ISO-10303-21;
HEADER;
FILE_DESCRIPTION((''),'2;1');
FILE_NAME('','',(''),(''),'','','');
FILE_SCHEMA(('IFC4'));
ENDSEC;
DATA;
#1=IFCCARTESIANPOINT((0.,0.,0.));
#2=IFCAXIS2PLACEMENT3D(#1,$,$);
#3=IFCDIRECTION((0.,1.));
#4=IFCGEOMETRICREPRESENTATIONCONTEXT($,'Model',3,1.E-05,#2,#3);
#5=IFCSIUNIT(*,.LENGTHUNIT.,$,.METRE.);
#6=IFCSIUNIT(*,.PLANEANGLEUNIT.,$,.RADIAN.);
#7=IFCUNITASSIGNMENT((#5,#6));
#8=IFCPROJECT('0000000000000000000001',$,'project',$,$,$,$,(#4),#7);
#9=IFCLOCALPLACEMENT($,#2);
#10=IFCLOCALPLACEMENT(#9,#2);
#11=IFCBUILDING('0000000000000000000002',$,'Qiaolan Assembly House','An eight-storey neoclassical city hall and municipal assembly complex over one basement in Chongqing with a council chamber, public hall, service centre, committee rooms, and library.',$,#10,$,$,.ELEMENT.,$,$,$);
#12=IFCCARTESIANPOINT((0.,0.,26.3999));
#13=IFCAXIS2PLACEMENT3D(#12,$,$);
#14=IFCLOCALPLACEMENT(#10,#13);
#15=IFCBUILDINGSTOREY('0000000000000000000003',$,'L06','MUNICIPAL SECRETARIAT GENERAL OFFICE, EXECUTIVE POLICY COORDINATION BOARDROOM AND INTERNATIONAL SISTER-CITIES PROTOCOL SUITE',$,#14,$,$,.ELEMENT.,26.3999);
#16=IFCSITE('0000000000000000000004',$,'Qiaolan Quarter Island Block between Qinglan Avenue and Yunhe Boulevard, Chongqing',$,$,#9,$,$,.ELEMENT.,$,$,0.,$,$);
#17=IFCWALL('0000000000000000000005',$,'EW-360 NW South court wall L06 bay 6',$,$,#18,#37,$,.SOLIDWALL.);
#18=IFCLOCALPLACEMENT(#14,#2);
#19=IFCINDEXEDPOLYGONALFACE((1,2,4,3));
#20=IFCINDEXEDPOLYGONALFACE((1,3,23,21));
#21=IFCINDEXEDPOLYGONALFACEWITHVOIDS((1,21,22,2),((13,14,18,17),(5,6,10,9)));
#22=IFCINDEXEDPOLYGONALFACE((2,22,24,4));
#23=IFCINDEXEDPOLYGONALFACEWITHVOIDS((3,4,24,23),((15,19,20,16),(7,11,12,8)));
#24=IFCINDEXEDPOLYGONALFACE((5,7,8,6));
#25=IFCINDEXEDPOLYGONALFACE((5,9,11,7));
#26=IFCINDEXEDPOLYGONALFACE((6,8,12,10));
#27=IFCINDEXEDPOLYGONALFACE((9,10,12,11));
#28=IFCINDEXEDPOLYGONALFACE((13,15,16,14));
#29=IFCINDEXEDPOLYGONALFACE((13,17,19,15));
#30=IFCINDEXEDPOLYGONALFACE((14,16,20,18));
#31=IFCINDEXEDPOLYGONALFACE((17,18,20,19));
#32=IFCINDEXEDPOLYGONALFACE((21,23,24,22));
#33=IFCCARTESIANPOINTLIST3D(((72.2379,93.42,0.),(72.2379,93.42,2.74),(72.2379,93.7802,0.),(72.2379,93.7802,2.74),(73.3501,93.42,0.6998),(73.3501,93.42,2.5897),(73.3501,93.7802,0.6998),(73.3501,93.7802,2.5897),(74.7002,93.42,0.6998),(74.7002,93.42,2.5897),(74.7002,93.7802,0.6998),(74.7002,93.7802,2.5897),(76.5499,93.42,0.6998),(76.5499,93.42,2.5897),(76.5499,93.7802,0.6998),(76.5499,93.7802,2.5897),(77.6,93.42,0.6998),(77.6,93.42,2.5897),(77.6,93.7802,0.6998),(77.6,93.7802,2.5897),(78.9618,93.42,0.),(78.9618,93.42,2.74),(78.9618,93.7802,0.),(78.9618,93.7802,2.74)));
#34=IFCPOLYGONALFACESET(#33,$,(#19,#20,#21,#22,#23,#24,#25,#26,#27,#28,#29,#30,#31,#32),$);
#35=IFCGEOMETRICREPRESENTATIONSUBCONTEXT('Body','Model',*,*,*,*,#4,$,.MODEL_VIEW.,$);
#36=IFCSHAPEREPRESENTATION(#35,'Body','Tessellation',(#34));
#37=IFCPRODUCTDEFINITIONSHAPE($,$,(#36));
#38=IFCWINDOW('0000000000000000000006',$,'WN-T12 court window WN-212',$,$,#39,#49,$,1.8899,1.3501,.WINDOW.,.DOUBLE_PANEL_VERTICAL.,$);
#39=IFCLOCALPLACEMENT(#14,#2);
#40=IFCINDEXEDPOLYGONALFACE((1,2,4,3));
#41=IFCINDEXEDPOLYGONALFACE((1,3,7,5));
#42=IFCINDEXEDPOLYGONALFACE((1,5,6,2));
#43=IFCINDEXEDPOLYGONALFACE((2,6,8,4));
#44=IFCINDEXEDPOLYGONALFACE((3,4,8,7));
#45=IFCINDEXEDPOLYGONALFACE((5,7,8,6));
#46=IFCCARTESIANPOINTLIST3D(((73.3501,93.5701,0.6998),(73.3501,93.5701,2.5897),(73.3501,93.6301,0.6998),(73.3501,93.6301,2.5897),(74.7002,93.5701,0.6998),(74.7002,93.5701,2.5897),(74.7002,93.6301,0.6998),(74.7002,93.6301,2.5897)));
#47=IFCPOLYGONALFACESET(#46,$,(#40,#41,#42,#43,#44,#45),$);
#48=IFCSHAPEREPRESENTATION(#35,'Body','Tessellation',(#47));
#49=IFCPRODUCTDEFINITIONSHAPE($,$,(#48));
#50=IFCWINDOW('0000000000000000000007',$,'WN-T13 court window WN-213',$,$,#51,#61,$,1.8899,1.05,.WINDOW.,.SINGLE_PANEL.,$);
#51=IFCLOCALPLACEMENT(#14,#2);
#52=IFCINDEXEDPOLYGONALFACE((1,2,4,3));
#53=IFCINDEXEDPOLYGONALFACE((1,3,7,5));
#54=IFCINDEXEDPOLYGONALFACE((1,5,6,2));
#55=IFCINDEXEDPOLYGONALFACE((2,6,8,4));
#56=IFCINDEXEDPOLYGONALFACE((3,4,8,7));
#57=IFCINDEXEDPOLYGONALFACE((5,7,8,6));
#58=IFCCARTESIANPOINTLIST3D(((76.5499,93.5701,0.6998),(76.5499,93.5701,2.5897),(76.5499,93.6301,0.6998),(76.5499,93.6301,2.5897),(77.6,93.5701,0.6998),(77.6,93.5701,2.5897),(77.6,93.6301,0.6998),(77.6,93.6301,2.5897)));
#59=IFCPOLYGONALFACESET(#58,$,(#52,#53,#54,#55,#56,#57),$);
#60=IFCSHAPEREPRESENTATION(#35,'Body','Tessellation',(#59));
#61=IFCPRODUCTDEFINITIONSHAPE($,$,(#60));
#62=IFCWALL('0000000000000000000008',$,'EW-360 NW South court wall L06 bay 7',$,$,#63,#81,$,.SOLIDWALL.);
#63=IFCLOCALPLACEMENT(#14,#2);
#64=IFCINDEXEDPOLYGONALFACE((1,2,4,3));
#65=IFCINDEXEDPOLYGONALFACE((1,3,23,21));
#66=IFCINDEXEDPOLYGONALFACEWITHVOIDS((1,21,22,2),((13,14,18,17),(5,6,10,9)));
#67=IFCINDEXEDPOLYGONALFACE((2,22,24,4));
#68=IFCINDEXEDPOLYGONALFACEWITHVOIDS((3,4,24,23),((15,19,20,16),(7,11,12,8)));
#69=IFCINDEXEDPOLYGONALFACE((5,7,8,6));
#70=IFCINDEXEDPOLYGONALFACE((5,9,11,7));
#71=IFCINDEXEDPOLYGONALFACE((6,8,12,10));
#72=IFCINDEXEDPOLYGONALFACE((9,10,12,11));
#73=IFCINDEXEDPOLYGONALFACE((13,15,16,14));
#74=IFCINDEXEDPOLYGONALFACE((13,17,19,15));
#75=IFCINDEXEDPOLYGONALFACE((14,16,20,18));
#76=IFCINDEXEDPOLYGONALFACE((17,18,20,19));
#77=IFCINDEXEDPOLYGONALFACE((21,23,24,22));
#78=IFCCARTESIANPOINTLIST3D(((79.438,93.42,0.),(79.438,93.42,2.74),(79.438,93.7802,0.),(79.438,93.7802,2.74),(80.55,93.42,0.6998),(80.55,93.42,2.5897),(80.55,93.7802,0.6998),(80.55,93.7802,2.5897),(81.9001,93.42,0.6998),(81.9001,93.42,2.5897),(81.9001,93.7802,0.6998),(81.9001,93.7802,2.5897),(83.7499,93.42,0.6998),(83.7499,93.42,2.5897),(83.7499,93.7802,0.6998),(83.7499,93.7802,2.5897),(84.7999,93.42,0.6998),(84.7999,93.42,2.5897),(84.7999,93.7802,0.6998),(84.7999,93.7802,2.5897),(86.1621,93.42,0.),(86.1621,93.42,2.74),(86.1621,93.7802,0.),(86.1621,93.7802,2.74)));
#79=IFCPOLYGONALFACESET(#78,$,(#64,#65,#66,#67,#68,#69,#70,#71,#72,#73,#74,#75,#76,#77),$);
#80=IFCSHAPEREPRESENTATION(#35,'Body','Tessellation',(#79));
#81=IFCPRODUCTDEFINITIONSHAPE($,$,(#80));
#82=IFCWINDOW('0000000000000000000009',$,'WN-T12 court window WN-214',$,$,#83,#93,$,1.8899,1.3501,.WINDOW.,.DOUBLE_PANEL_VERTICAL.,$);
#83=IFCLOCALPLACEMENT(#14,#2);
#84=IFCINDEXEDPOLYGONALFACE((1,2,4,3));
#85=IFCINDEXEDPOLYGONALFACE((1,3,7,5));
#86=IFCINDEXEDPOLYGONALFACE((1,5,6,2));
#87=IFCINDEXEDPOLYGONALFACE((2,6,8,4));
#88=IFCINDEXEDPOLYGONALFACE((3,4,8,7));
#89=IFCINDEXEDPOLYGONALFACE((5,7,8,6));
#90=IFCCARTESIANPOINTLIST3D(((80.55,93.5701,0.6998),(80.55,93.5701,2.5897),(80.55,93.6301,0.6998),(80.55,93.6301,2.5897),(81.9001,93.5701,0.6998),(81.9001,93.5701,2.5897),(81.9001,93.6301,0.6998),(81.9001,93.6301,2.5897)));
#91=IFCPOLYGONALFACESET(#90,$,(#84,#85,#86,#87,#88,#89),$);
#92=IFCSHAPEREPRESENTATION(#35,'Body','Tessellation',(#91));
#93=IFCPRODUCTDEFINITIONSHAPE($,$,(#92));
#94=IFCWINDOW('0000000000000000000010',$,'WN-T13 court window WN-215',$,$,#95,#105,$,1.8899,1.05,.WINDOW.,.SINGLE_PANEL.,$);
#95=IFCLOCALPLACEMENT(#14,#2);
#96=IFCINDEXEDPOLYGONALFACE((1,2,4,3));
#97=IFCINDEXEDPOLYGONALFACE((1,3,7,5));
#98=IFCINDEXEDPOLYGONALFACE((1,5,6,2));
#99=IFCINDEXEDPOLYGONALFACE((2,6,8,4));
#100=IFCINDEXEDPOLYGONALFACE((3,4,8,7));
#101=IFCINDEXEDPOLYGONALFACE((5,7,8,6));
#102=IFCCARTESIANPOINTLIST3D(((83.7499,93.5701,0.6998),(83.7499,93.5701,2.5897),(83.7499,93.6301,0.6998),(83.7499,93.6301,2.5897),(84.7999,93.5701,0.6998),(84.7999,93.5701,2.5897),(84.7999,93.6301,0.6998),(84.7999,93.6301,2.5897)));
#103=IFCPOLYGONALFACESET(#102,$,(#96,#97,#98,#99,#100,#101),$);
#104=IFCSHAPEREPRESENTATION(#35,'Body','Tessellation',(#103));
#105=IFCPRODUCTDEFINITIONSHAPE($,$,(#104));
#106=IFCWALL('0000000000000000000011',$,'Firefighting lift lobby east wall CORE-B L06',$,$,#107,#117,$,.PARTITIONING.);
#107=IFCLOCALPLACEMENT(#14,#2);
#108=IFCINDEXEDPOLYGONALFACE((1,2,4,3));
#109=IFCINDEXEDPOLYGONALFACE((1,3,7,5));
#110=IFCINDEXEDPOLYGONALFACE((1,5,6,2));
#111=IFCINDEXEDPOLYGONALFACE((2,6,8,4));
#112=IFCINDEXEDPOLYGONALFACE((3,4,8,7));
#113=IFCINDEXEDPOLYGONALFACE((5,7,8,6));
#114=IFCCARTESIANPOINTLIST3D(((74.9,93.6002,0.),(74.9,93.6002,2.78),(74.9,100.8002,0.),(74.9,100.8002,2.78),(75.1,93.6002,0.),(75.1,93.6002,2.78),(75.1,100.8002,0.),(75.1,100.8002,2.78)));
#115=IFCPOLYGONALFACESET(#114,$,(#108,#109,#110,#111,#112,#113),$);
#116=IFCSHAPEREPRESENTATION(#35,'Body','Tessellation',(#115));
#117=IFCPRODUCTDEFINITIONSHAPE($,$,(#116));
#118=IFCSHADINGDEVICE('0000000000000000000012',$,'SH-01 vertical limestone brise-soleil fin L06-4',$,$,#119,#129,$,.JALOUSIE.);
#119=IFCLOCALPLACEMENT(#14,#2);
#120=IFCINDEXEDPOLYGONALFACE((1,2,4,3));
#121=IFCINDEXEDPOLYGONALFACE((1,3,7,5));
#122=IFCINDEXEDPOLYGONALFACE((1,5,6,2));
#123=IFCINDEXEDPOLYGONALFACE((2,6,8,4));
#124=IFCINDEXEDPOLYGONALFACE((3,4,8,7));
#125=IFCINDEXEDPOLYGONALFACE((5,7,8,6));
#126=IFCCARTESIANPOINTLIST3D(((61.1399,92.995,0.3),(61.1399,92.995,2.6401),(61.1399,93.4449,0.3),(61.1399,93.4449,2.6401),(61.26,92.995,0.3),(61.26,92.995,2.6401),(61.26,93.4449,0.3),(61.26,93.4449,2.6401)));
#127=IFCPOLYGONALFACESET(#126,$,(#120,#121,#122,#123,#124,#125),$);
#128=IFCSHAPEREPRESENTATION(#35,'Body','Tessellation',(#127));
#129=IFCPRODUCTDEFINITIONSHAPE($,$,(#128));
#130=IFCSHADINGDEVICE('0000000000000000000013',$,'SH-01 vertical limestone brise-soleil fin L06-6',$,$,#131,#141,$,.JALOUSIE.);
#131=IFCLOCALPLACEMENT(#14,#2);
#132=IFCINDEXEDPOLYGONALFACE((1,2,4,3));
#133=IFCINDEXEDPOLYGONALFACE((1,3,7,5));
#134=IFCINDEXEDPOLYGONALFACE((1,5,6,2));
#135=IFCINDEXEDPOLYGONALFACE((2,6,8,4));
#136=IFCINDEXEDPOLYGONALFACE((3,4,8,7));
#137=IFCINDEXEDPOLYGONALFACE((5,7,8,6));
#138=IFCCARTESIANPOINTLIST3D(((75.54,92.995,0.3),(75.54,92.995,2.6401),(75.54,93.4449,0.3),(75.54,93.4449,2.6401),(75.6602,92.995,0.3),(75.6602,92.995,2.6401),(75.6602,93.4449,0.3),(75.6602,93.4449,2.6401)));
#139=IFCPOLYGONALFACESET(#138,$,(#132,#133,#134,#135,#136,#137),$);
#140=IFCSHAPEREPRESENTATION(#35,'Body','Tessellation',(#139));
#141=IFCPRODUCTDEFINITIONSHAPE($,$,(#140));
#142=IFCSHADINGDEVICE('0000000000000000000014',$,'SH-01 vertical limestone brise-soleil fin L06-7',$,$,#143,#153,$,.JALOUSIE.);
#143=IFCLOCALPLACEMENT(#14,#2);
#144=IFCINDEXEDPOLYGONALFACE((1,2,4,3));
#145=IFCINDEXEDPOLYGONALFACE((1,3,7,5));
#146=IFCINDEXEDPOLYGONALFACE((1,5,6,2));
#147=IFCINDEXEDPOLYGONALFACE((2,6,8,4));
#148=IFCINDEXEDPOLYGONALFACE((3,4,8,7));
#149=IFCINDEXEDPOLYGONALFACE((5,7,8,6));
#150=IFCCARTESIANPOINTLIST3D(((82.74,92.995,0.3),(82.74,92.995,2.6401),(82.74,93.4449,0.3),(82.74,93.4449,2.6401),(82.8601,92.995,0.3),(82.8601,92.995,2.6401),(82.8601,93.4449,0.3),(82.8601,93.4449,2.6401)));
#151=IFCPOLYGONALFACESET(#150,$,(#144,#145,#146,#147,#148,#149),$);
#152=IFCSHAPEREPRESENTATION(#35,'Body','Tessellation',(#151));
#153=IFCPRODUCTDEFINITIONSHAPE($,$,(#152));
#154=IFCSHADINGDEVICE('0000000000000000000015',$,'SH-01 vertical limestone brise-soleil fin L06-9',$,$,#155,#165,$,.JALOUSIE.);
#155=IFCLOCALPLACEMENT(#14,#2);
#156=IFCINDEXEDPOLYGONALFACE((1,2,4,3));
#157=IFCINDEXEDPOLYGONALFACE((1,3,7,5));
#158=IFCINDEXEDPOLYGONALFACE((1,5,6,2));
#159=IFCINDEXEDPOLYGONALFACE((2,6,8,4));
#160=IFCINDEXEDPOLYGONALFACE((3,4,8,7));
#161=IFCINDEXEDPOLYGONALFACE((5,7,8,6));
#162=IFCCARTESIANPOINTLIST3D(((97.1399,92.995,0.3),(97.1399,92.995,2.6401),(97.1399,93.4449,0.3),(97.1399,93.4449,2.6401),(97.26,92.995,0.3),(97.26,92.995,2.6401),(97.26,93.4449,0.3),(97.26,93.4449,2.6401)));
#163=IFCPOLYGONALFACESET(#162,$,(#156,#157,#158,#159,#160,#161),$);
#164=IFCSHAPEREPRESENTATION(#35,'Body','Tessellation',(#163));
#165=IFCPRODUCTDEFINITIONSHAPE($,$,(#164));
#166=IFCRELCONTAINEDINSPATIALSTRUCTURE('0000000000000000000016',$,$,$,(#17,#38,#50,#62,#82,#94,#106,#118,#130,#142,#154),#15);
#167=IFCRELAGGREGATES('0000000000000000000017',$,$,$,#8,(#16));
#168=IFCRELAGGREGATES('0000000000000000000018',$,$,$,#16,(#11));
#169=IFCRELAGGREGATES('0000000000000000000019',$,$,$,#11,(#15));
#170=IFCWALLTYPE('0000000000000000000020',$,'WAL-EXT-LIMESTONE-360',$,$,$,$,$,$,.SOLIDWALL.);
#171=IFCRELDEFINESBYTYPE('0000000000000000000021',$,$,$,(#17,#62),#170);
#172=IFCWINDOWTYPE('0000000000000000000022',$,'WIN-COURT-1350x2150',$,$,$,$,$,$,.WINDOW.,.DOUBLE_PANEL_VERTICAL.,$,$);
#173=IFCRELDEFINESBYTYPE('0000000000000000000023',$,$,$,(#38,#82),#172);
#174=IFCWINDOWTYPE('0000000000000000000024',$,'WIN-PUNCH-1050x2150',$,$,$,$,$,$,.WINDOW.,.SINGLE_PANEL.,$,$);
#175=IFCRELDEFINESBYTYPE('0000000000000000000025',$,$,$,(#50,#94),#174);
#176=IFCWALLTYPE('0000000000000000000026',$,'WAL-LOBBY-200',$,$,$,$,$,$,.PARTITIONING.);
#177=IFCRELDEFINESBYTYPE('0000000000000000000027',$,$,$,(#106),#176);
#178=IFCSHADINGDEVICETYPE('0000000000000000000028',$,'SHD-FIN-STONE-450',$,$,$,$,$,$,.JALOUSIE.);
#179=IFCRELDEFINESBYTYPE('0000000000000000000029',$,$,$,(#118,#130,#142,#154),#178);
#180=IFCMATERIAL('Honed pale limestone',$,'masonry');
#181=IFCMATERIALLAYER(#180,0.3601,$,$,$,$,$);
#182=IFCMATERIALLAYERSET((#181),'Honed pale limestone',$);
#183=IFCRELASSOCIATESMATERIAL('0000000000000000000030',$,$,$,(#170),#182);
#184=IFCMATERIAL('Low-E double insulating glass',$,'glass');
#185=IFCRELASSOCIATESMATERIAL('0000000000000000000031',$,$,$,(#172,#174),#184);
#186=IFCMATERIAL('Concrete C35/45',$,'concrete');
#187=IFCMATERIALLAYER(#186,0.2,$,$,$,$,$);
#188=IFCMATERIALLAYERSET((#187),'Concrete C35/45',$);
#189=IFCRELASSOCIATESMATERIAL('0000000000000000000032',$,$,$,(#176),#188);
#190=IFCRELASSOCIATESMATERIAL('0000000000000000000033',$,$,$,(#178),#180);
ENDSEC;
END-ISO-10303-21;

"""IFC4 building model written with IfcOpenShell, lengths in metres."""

from ifc_helpers import new_model, si_unit, direction, frame, frame_2d, origin, origin_2d, place, context, subcontext, project, spatial, rectangle, extrude, material, layer, layer_set, material_profile, profile_set, type_object, element, fill, save


model = new_model("IFC4")

# Units and contexts
model_context = context("Model", 3, precision=1e-05, world=origin(), true_north=direction((0.0, 1.0)))
body_context = subcontext(model_context, "Body", "Model", "MODEL_VIEW")
ifc_project = project(units=[si_unit("LENGTHUNIT", "METRE"), si_unit("PLANEANGLEUNIT", "RADIAN")], contexts=[model_context])

# Site, building, storey
site_placement = place(None, origin())
site = spatial("IfcSite", under=ifc_project, at=site_placement, Name="Qiaolan Quarter Island Block between Qinglan Avenue and Yunhe Boulevard, Chongqing", CompositionType="ELEMENT", RefElevation=0.0)
building_placement = place(site_placement, origin())
building = spatial("IfcBuilding", under=site, at=building_placement, Name="Qiaolan Assembly House", Description="An eight-storey neoclassical city hall and municipal assembly complex over one basement in Chongqing with a council chamber, public hall, service centre, committee rooms, and library.", CompositionType="ELEMENT")
storey_placement = place(building_placement, frame((0.0, 0.0, 26.3999)))
storey = spatial("IfcBuildingStorey", under=building, at=storey_placement, Name="L06", Description="MUNICIPAL SECRETARIAT GENERAL OFFICE, EXECUTIVE POLICY COORDINATION BOARDROOM AND INTERNATIONAL SISTER-CITIES PROTOCOL SUITE", CompositionType="ELEMENT", Elevation=26.3999)

# Walls, openings, windows
ifc_material_1 = material(Name="Honed pale limestone", Category="masonry")
ifc_layer_1 = layer(ifc_material_1, 0.3601)
ifc_layer_set_1 = layer_set([ifc_layer_1], Name="Honed pale limestone")
wall_type_1 = type_object("IfcWallType", Name="WAL-EXT-LIMESTONE-360", PredefinedType="SOLIDWALL", material=ifc_layer_set_1)
wall_1_placement = place(storey_placement, frame((72.238, 93.6001, 0.0), z_axis=(0.0, 0.0, 1.0), x_axis=(1.0, 0.0, 0.0)))
wall_1 = element("IfcWall", 1, at=wall_1_placement, inside=storey, type_object=wall_type_1, Name="EW-360 NW South court wall L06 bay 6", PredefinedType="SOLIDWALL", context=body_context, shape_type="SweptSolid", body=[
    extrude(rectangle(XDim=6.7239, YDim=0.3601, at=frame_2d((3.3618, 0.0))), origin(), (0.0, 0.0, 1.0), 2.74),
])
opening_1_placement = place(wall_1_placement, frame((1.1121, 0.0, 0.7)))
opening_1 = element("IfcOpeningElement", 2, at=opening_1_placement, cuts=wall_1, PredefinedType="OPENING", context=body_context, shape_type="SweptSolid", body=[
    extrude(rectangle(XDim=1.3501, YDim=1.8899, at=frame_2d((0.675, 0.9448))), frame((0.0, 0.1899, 0.0), z_axis=(0.0, -1.0, 0.0), x_axis=(1.0, 0.0, 0.0)), (0.0, 0.0, 1.0), 0.3801),
])
opening_2_placement = place(wall_1_placement, frame((4.312, 0.0, 0.7)))
opening_2 = element("IfcOpeningElement", 3, at=opening_2_placement, cuts=wall_1, PredefinedType="OPENING", context=body_context, shape_type="SweptSolid", body=[
    extrude(rectangle(XDim=1.05, YDim=1.8899, at=frame_2d((0.5249, 0.9448))), frame((0.0, 0.1899, 0.0), z_axis=(0.0, -1.0, 0.0), x_axis=(1.0, 0.0, 0.0)), (0.0, 0.0, 1.0), 0.3801),
])
ifc_material_2 = material(Name="Low-E double insulating glass", Category="glass")
window_type_1 = type_object("IfcWindowType", Name="WIN-COURT-1350x2150", PartitioningType="DOUBLE_PANEL_VERTICAL", PredefinedType="WINDOW", material=ifc_material_2)
window_1_placement = place(opening_1_placement, origin())
window_1 = element("IfcWindow", 4, at=window_1_placement, inside=storey, type_object=window_type_1, Name="WN-T12 court window WN-212", OverallHeight=1.8899, OverallWidth=1.3501, PartitioningType="DOUBLE_PANEL_VERTICAL", PredefinedType="WINDOW", context=body_context, shape_type="SweptSolid", body=[
    extrude(rectangle(XDim=1.3501, YDim=1.8899, at=frame_2d((0.675, 0.9448))), frame((0.0, 0.03, 0.0), z_axis=(0.0, -1.0, 0.0), x_axis=(1.0, 0.0, 0.0)), (0.0, 0.0, 1.0), 0.0601),
])
fill(opening_1, window_1)
window_type_2 = type_object("IfcWindowType", Name="WIN-PUNCH-1050x2150", PartitioningType="SINGLE_PANEL", PredefinedType="WINDOW", material=ifc_material_2)
window_2_placement = place(opening_2_placement, origin())
window_2 = element("IfcWindow", 5, at=window_2_placement, inside=storey, type_object=window_type_2, Name="WN-T13 court window WN-213", OverallHeight=1.8899, OverallWidth=1.05, PartitioningType="SINGLE_PANEL", PredefinedType="WINDOW", context=body_context, shape_type="SweptSolid", body=[
    extrude(rectangle(XDim=1.05, YDim=1.8899, at=frame_2d((0.5249, 0.9448))), frame((0.0, 0.03, 0.0), z_axis=(0.0, -1.0, 0.0), x_axis=(1.0, 0.0, 0.0)), (0.0, 0.0, 1.0), 0.0601),
])
fill(opening_2, window_2)
wall_2_placement = place(storey_placement, frame((79.438, 93.6001, 0.0), z_axis=(0.0, 0.0, 1.0), x_axis=(1.0, 0.0, 0.0)))
wall_2 = element("IfcWall", 6, at=wall_2_placement, inside=storey, type_object=wall_type_1, Name="EW-360 NW South court wall L06 bay 7", PredefinedType="SOLIDWALL", context=body_context, shape_type="SweptSolid", body=[
    extrude(rectangle(XDim=6.7241, YDim=0.3601, at=frame_2d((3.3621, 0.0))), origin(), (0.0, 0.0, 1.0), 2.74),
])
opening_3_placement = place(wall_2_placement, frame((1.1121, 0.0, 0.7)))
opening_3 = element("IfcOpeningElement", 7, at=opening_3_placement, cuts=wall_2, PredefinedType="OPENING", context=body_context, shape_type="SweptSolid", body=[
    extrude(rectangle(XDim=1.3501, YDim=1.8899, at=frame_2d((0.675, 0.9448))), frame((0.0, 0.1899, 0.0), z_axis=(0.0, -1.0, 0.0), x_axis=(1.0, 0.0, 0.0)), (0.0, 0.0, 1.0), 0.3801),
])
opening_4_placement = place(wall_2_placement, frame((4.312, 0.0, 0.7)))
opening_4 = element("IfcOpeningElement", 8, at=opening_4_placement, cuts=wall_2, PredefinedType="OPENING", context=body_context, shape_type="SweptSolid", body=[
    extrude(rectangle(XDim=1.05, YDim=1.8899, at=frame_2d((0.5249, 0.9448))), frame((0.0, 0.1899, 0.0), z_axis=(0.0, -1.0, 0.0), x_axis=(1.0, 0.0, 0.0)), (0.0, 0.0, 1.0), 0.3801),
])
window_3_placement = place(opening_3_placement, origin())
window_3 = element("IfcWindow", 9, at=window_3_placement, inside=storey, type_object=window_type_1, Name="WN-T12 court window WN-214", OverallHeight=1.8899, OverallWidth=1.3501, PartitioningType="DOUBLE_PANEL_VERTICAL", PredefinedType="WINDOW", context=body_context, shape_type="SweptSolid", body=[
    extrude(rectangle(XDim=1.3501, YDim=1.8899, at=frame_2d((0.675, 0.9448))), frame((0.0, 0.03, 0.0), z_axis=(0.0, -1.0, 0.0), x_axis=(1.0, 0.0, 0.0)), (0.0, 0.0, 1.0), 0.0601),
])
fill(opening_3, window_3)
window_4_placement = place(opening_4_placement, origin())
window_4 = element("IfcWindow", 10, at=window_4_placement, inside=storey, type_object=window_type_2, Name="WN-T13 court window WN-215", OverallHeight=1.8899, OverallWidth=1.05, PartitioningType="SINGLE_PANEL", PredefinedType="WINDOW", context=body_context, shape_type="SweptSolid", body=[
    extrude(rectangle(XDim=1.05, YDim=1.8899, at=frame_2d((0.5249, 0.9448))), frame((0.0, 0.03, 0.0), z_axis=(0.0, -1.0, 0.0), x_axis=(1.0, 0.0, 0.0)), (0.0, 0.0, 1.0), 0.0601),
])
fill(opening_4, window_4)

# Wall
ifc_material_3 = material(Name="Concrete C35/45", Category="concrete")
ifc_layer_2 = layer(ifc_material_3, 0.2)
ifc_layer_set_2 = layer_set([ifc_layer_2], Name="Concrete C35/45")
wall_type_2 = type_object("IfcWallType", Name="WAL-LOBBY-200", PredefinedType="PARTITIONING", material=ifc_layer_set_2)
wall_3_placement = place(storey_placement, frame((75.0, 93.6001, 0.0), z_axis=(0.0, 0.0, 1.0), x_axis=(0.0, 1.0, 0.0)))
element("IfcWall", 11, at=wall_3_placement, inside=storey, type_object=wall_type_2, Name="Firefighting lift lobby east wall CORE-B L06", PredefinedType="PARTITIONING", context=body_context, shape_type="SweptSolid", body=[
    extrude(rectangle(XDim=7.2, YDim=0.2, at=frame_2d((3.6001, 0.0))), origin(), (0.0, 0.0, 1.0), 2.78),
])

# Shading devices
ifc_material_profile_1 = material_profile(ifc_material_1, rectangle(XDim=0.1201, YDim=0.45, at=origin_2d()), Name="FIN 120x450")
ifc_profile_set_1 = profile_set([ifc_material_profile_1], Name="Honed pale limestone")
shading_device_type = type_object("IfcShadingDeviceType", Name="SHD-FIN-STONE-450", PredefinedType="JALOUSIE", material=ifc_profile_set_1)
for number, where, z_axis, x_axis, name in (
    (12, (61.2, 93.22, 0.3), (0.0, 0.0, 1.0), (1.0, 0.0, 0.0), "SH-01 vertical limestone brise-soleil fin L06-4"),
    (13, (75.6001, 93.22, 0.3), (0.0, 0.0, 1.0), (1.0, 0.0, 0.0), "SH-01 vertical limestone brise-soleil fin L06-6"),
    (14, (82.8, 93.22, 0.3), (0.0, 0.0, 1.0), (1.0, 0.0, 0.0), "SH-01 vertical limestone brise-soleil fin L06-7"),
    (15, (97.2, 93.22, 0.3), (0.0, 0.0, 1.0), (1.0, 0.0, 0.0), "SH-01 vertical limestone brise-soleil fin L06-9"),
):
    element("IfcShadingDevice", number, at=place(storey_placement, frame(where, z_axis=z_axis, x_axis=x_axis)), inside=storey, type_object=shading_device_type, Name=name, PredefinedType="JALOUSIE", context=body_context, shape_type="SweptSolid", body=[
        extrude(rectangle(XDim=0.1201, YDim=0.45, at=origin_2d()), origin(), (0.0, 0.0, 1.0), 2.3401),
    ])

save(model, "model.ifc")
